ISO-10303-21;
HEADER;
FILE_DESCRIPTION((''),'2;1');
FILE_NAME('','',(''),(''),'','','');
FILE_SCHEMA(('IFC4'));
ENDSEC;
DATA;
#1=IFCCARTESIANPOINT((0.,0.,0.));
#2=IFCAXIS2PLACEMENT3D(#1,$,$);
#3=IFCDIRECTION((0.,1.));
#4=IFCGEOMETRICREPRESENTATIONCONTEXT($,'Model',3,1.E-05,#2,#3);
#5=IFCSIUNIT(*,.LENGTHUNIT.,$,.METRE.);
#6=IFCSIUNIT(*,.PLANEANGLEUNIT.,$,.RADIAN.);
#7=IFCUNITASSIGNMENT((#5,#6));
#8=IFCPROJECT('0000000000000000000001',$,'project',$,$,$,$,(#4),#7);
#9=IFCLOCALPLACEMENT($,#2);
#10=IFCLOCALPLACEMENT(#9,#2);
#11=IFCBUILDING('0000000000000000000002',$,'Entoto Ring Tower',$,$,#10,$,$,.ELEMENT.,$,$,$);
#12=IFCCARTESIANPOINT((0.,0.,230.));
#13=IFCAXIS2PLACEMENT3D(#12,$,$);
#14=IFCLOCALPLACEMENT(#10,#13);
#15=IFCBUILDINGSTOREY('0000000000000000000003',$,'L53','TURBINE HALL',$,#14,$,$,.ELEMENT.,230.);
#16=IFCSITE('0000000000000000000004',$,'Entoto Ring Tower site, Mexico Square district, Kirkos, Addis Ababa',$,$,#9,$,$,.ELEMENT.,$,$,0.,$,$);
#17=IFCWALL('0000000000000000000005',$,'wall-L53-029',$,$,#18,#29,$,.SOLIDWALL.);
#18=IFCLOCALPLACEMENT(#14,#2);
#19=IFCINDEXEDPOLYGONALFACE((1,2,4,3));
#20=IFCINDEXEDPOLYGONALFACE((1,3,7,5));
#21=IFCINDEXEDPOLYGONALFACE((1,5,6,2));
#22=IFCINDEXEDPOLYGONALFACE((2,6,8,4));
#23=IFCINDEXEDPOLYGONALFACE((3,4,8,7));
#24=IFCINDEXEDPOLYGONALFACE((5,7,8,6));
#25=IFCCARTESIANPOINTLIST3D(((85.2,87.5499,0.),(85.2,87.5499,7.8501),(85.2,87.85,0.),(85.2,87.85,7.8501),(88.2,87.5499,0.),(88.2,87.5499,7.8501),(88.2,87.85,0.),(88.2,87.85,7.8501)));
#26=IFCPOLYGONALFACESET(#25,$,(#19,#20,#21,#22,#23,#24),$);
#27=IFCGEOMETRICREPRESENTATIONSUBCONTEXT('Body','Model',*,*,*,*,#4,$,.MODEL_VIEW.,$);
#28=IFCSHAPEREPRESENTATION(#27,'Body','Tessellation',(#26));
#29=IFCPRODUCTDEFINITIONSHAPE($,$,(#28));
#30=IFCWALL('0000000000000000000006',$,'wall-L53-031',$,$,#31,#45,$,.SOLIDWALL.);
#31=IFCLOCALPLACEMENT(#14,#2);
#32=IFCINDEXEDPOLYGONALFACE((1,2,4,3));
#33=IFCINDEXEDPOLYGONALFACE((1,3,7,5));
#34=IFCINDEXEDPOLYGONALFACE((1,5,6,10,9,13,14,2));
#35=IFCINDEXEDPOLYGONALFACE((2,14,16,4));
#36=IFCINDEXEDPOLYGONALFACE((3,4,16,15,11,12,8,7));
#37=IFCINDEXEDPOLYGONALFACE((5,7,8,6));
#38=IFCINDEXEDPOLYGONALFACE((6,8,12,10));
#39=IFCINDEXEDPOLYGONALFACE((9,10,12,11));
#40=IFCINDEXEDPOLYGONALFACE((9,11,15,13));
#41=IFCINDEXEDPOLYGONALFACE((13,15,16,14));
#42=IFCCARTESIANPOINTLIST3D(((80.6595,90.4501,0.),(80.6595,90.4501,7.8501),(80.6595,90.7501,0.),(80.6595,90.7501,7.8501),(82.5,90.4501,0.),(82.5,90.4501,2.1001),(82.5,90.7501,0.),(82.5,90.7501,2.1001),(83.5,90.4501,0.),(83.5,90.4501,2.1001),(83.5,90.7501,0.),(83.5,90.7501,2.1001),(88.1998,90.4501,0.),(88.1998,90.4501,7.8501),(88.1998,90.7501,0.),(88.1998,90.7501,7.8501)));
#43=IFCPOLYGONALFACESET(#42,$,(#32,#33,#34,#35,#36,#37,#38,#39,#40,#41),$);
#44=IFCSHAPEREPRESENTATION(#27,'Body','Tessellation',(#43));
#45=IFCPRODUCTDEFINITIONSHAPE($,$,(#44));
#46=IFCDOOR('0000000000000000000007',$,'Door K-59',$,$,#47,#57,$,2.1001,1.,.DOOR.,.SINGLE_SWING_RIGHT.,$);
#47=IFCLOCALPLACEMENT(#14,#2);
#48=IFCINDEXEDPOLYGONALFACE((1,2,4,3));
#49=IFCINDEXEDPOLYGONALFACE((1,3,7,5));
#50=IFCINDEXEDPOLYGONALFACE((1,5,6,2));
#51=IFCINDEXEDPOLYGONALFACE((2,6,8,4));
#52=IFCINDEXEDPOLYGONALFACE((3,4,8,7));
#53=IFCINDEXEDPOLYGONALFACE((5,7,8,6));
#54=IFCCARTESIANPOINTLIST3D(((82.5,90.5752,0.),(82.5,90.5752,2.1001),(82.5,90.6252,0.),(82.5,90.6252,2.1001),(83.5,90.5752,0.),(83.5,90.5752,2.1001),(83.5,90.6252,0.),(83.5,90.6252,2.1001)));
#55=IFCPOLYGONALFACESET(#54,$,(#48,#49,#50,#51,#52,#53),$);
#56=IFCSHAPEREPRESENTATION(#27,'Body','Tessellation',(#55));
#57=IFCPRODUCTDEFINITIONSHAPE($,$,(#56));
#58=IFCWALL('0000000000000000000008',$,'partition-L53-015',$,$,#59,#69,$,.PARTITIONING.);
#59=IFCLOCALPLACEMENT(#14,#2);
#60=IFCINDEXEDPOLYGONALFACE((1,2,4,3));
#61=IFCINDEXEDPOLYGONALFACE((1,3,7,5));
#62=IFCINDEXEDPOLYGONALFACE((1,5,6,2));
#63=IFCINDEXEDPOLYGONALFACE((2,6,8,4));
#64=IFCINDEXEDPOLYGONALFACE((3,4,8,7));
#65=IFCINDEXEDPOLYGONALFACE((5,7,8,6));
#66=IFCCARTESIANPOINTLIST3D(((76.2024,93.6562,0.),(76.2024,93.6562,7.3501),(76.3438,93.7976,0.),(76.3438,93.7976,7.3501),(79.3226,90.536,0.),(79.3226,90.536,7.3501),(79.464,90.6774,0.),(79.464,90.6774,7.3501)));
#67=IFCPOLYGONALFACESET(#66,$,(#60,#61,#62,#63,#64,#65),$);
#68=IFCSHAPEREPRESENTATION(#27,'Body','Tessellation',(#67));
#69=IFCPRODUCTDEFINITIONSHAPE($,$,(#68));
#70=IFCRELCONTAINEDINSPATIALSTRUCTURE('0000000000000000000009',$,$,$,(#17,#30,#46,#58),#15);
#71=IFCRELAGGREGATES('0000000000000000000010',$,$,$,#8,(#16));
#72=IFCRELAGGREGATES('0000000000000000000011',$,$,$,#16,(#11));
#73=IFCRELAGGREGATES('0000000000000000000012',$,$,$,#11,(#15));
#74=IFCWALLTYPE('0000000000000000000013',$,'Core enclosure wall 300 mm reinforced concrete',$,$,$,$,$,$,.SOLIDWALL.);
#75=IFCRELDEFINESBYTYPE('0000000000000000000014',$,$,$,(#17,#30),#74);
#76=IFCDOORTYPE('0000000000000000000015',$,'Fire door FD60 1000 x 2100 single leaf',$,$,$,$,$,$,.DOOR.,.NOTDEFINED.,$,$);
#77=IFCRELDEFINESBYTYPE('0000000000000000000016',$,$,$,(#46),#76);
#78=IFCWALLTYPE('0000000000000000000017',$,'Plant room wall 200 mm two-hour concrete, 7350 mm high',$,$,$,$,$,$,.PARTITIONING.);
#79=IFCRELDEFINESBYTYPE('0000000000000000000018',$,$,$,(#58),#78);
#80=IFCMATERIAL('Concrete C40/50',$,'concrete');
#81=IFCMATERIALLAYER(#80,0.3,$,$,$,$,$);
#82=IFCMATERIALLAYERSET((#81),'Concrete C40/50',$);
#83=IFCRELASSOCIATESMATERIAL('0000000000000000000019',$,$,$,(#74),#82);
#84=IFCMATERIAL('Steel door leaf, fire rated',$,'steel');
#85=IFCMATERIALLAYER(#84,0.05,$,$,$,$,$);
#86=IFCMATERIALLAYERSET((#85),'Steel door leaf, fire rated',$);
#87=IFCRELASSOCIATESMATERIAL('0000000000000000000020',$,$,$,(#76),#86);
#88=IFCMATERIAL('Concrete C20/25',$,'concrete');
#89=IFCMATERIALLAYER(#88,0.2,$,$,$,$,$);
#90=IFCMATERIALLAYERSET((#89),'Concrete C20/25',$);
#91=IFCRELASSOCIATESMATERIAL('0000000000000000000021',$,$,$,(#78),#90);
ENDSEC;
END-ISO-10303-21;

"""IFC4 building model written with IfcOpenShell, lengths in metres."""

from ifc_helpers import new_model, si_unit, direction, frame, frame_2d, origin, place, context, subcontext, project, spatial, rectangle, extrude, material, layer, layer_set, type_object, element, fill, save


model = new_model("IFC4")

# Units and contexts
model_context = context("Model", 3, precision=1e-05, world=origin(), true_north=direction((0.0, 1.0)))
body_context = subcontext(model_context, "Body", "Model", "MODEL_VIEW")
ifc_project = project(units=[si_unit("LENGTHUNIT", "METRE"), si_unit("PLANEANGLEUNIT", "RADIAN")], contexts=[model_context])

# Site, building, storey
site_placement = place(None, origin())
site = spatial("IfcSite", under=ifc_project, at=site_placement, Name="Entoto Ring Tower site, Mexico Square district, Kirkos, Addis Ababa", CompositionType="ELEMENT", RefElevation=0.0)
building_placement = place(site_placement, origin())
building = spatial("IfcBuilding", under=site, at=building_placement, Name="Entoto Ring Tower", CompositionType="ELEMENT")
storey_placement = place(building_placement, frame((0.0, 0.0, 230.0)))
storey = spatial("IfcBuildingStorey", under=building, at=storey_placement, Name="L53", Description="TURBINE HALL", CompositionType="ELEMENT", Elevation=230.0)

# Shared definitions
ifc_material_1 = material(Name="Concrete C40/50", Category="concrete")
ifc_layer_1 = layer(ifc_material_1, 0.3)
ifc_layer_set_1 = layer_set([ifc_layer_1], Name="Concrete C40/50")
wall_type_1 = type_object("IfcWallType", Name="Core enclosure wall 300 mm reinforced concrete", PredefinedType="SOLIDWALL", material=ifc_layer_set_1)

# Shared definitions
ifc_material_2 = material(Name="Steel door leaf, fire rated", Category="steel")
ifc_layer_2 = layer(ifc_material_2, 0.05)
ifc_layer_set_2 = layer_set([ifc_layer_2], Name="Steel door leaf, fire rated")
door_type_1 = type_object("IfcDoorType", Name="Fire door FD60 1000 x 2100 single leaf", OperationType="NOTDEFINED", PredefinedType="DOOR", material=ifc_layer_set_2)

# Wall
wall_1_placement = place(storey_placement, frame((85.2, 87.7, 0.0), z_axis=(0.0, 0.0, 1.0), x_axis=(1.0, 0.0, 0.0)))
element("IfcWall", 1, at=wall_1_placement, inside=storey, type_object=wall_type_1, Name="wall-L53-029", PredefinedType="SOLIDWALL", context=body_context, shape_type="SweptSolid", body=[
    extrude(rectangle(XDim=3.0, YDim=0.3, at=frame_2d((1.5, 0.0))), origin(), (0.0, 0.0, 1.0), 7.8501),
])

# Wall, opening, door
wall_2_placement = place(storey_placement, frame((80.6597, 90.6001, 0.0), z_axis=(0.0, 0.0, 1.0), x_axis=(1.0, 0.0, 0.0)))
wall_2 = element("IfcWall", 2, at=wall_2_placement, inside=storey, type_object=wall_type_1, Name="wall-L53-031", PredefinedType="SOLIDWALL", context=body_context, shape_type="SweptSolid", body=[
    extrude(rectangle(XDim=7.5403, YDim=0.3, at=frame_2d((3.77, 0.0))), origin(), (0.0, 0.0, 1.0), 7.8501),
])
opening_1_placement = place(wall_2_placement, frame((1.8403, 0.0, 0.0)))
opening_1 = element("IfcOpeningElement", 3, at=opening_1_placement, cuts=wall_2, PredefinedType="OPENING", context=body_context, shape_type="SweptSolid", body=[
    extrude(rectangle(XDim=1.0, YDim=2.1001, at=frame_2d((0.5, 1.05))), frame((0.0, 0.1602, 0.0), z_axis=(0.0, -1.0, 0.0), x_axis=(1.0, 0.0, 0.0)), (0.0, 0.0, 1.0), 0.3201),
])
door_1_placement = place(opening_1_placement, frame((1.0, 0.0, 0.0), z_axis=(0.0, 0.0, 1.0), x_axis=(-1.0, 0.0, 0.0)))
door_1 = element("IfcDoor", 4, at=door_1_placement, inside=storey, type_object=door_type_1, Name="Door K-59", OperationType="SINGLE_SWING_RIGHT", OverallHeight=2.1001, OverallWidth=1.0, PredefinedType="DOOR", context=body_context, shape_type="SweptSolid", body=[
    extrude(rectangle(XDim=1.0, YDim=2.1001, at=frame_2d((0.5, 1.05))), frame((0.0, 0.0249, 0.0), z_axis=(0.0, -1.0, 0.0), x_axis=(1.0, 0.0, 0.0)), (0.0, 0.0, 1.0), 0.05),
])
fill(opening_1, door_1)

# Wall
ifc_material_3 = material(Name="Concrete C20/25", Category="concrete")
ifc_layer_3 = layer(ifc_material_3, 0.2)
ifc_layer_set_3 = layer_set([ifc_layer_3], Name="Concrete C20/25")
wall_type_2 = type_object("IfcWallType", Name="Plant room wall 200 mm two-hour concrete, 7350 mm high", PredefinedType="PARTITIONING", material=ifc_layer_set_3)
wall_3_placement = place(storey_placement, frame((79.3933, 90.6067, 0.0), z_axis=(0.0, 0.0, 1.0), x_axis=(-0.707107, 0.707107, 0.0)))
element("IfcWall", 5, at=wall_3_placement, inside=storey, type_object=wall_type_2, Name="partition-L53-015", PredefinedType="PARTITIONING", context=body_context, shape_type="SweptSolid", body=[
    extrude(rectangle(XDim=4.4126, YDim=0.2, at=frame_2d((2.2063, 0.0))), origin(), (0.0, 0.0, 1.0), 7.3501),
])

save(model, "model.ifc")
